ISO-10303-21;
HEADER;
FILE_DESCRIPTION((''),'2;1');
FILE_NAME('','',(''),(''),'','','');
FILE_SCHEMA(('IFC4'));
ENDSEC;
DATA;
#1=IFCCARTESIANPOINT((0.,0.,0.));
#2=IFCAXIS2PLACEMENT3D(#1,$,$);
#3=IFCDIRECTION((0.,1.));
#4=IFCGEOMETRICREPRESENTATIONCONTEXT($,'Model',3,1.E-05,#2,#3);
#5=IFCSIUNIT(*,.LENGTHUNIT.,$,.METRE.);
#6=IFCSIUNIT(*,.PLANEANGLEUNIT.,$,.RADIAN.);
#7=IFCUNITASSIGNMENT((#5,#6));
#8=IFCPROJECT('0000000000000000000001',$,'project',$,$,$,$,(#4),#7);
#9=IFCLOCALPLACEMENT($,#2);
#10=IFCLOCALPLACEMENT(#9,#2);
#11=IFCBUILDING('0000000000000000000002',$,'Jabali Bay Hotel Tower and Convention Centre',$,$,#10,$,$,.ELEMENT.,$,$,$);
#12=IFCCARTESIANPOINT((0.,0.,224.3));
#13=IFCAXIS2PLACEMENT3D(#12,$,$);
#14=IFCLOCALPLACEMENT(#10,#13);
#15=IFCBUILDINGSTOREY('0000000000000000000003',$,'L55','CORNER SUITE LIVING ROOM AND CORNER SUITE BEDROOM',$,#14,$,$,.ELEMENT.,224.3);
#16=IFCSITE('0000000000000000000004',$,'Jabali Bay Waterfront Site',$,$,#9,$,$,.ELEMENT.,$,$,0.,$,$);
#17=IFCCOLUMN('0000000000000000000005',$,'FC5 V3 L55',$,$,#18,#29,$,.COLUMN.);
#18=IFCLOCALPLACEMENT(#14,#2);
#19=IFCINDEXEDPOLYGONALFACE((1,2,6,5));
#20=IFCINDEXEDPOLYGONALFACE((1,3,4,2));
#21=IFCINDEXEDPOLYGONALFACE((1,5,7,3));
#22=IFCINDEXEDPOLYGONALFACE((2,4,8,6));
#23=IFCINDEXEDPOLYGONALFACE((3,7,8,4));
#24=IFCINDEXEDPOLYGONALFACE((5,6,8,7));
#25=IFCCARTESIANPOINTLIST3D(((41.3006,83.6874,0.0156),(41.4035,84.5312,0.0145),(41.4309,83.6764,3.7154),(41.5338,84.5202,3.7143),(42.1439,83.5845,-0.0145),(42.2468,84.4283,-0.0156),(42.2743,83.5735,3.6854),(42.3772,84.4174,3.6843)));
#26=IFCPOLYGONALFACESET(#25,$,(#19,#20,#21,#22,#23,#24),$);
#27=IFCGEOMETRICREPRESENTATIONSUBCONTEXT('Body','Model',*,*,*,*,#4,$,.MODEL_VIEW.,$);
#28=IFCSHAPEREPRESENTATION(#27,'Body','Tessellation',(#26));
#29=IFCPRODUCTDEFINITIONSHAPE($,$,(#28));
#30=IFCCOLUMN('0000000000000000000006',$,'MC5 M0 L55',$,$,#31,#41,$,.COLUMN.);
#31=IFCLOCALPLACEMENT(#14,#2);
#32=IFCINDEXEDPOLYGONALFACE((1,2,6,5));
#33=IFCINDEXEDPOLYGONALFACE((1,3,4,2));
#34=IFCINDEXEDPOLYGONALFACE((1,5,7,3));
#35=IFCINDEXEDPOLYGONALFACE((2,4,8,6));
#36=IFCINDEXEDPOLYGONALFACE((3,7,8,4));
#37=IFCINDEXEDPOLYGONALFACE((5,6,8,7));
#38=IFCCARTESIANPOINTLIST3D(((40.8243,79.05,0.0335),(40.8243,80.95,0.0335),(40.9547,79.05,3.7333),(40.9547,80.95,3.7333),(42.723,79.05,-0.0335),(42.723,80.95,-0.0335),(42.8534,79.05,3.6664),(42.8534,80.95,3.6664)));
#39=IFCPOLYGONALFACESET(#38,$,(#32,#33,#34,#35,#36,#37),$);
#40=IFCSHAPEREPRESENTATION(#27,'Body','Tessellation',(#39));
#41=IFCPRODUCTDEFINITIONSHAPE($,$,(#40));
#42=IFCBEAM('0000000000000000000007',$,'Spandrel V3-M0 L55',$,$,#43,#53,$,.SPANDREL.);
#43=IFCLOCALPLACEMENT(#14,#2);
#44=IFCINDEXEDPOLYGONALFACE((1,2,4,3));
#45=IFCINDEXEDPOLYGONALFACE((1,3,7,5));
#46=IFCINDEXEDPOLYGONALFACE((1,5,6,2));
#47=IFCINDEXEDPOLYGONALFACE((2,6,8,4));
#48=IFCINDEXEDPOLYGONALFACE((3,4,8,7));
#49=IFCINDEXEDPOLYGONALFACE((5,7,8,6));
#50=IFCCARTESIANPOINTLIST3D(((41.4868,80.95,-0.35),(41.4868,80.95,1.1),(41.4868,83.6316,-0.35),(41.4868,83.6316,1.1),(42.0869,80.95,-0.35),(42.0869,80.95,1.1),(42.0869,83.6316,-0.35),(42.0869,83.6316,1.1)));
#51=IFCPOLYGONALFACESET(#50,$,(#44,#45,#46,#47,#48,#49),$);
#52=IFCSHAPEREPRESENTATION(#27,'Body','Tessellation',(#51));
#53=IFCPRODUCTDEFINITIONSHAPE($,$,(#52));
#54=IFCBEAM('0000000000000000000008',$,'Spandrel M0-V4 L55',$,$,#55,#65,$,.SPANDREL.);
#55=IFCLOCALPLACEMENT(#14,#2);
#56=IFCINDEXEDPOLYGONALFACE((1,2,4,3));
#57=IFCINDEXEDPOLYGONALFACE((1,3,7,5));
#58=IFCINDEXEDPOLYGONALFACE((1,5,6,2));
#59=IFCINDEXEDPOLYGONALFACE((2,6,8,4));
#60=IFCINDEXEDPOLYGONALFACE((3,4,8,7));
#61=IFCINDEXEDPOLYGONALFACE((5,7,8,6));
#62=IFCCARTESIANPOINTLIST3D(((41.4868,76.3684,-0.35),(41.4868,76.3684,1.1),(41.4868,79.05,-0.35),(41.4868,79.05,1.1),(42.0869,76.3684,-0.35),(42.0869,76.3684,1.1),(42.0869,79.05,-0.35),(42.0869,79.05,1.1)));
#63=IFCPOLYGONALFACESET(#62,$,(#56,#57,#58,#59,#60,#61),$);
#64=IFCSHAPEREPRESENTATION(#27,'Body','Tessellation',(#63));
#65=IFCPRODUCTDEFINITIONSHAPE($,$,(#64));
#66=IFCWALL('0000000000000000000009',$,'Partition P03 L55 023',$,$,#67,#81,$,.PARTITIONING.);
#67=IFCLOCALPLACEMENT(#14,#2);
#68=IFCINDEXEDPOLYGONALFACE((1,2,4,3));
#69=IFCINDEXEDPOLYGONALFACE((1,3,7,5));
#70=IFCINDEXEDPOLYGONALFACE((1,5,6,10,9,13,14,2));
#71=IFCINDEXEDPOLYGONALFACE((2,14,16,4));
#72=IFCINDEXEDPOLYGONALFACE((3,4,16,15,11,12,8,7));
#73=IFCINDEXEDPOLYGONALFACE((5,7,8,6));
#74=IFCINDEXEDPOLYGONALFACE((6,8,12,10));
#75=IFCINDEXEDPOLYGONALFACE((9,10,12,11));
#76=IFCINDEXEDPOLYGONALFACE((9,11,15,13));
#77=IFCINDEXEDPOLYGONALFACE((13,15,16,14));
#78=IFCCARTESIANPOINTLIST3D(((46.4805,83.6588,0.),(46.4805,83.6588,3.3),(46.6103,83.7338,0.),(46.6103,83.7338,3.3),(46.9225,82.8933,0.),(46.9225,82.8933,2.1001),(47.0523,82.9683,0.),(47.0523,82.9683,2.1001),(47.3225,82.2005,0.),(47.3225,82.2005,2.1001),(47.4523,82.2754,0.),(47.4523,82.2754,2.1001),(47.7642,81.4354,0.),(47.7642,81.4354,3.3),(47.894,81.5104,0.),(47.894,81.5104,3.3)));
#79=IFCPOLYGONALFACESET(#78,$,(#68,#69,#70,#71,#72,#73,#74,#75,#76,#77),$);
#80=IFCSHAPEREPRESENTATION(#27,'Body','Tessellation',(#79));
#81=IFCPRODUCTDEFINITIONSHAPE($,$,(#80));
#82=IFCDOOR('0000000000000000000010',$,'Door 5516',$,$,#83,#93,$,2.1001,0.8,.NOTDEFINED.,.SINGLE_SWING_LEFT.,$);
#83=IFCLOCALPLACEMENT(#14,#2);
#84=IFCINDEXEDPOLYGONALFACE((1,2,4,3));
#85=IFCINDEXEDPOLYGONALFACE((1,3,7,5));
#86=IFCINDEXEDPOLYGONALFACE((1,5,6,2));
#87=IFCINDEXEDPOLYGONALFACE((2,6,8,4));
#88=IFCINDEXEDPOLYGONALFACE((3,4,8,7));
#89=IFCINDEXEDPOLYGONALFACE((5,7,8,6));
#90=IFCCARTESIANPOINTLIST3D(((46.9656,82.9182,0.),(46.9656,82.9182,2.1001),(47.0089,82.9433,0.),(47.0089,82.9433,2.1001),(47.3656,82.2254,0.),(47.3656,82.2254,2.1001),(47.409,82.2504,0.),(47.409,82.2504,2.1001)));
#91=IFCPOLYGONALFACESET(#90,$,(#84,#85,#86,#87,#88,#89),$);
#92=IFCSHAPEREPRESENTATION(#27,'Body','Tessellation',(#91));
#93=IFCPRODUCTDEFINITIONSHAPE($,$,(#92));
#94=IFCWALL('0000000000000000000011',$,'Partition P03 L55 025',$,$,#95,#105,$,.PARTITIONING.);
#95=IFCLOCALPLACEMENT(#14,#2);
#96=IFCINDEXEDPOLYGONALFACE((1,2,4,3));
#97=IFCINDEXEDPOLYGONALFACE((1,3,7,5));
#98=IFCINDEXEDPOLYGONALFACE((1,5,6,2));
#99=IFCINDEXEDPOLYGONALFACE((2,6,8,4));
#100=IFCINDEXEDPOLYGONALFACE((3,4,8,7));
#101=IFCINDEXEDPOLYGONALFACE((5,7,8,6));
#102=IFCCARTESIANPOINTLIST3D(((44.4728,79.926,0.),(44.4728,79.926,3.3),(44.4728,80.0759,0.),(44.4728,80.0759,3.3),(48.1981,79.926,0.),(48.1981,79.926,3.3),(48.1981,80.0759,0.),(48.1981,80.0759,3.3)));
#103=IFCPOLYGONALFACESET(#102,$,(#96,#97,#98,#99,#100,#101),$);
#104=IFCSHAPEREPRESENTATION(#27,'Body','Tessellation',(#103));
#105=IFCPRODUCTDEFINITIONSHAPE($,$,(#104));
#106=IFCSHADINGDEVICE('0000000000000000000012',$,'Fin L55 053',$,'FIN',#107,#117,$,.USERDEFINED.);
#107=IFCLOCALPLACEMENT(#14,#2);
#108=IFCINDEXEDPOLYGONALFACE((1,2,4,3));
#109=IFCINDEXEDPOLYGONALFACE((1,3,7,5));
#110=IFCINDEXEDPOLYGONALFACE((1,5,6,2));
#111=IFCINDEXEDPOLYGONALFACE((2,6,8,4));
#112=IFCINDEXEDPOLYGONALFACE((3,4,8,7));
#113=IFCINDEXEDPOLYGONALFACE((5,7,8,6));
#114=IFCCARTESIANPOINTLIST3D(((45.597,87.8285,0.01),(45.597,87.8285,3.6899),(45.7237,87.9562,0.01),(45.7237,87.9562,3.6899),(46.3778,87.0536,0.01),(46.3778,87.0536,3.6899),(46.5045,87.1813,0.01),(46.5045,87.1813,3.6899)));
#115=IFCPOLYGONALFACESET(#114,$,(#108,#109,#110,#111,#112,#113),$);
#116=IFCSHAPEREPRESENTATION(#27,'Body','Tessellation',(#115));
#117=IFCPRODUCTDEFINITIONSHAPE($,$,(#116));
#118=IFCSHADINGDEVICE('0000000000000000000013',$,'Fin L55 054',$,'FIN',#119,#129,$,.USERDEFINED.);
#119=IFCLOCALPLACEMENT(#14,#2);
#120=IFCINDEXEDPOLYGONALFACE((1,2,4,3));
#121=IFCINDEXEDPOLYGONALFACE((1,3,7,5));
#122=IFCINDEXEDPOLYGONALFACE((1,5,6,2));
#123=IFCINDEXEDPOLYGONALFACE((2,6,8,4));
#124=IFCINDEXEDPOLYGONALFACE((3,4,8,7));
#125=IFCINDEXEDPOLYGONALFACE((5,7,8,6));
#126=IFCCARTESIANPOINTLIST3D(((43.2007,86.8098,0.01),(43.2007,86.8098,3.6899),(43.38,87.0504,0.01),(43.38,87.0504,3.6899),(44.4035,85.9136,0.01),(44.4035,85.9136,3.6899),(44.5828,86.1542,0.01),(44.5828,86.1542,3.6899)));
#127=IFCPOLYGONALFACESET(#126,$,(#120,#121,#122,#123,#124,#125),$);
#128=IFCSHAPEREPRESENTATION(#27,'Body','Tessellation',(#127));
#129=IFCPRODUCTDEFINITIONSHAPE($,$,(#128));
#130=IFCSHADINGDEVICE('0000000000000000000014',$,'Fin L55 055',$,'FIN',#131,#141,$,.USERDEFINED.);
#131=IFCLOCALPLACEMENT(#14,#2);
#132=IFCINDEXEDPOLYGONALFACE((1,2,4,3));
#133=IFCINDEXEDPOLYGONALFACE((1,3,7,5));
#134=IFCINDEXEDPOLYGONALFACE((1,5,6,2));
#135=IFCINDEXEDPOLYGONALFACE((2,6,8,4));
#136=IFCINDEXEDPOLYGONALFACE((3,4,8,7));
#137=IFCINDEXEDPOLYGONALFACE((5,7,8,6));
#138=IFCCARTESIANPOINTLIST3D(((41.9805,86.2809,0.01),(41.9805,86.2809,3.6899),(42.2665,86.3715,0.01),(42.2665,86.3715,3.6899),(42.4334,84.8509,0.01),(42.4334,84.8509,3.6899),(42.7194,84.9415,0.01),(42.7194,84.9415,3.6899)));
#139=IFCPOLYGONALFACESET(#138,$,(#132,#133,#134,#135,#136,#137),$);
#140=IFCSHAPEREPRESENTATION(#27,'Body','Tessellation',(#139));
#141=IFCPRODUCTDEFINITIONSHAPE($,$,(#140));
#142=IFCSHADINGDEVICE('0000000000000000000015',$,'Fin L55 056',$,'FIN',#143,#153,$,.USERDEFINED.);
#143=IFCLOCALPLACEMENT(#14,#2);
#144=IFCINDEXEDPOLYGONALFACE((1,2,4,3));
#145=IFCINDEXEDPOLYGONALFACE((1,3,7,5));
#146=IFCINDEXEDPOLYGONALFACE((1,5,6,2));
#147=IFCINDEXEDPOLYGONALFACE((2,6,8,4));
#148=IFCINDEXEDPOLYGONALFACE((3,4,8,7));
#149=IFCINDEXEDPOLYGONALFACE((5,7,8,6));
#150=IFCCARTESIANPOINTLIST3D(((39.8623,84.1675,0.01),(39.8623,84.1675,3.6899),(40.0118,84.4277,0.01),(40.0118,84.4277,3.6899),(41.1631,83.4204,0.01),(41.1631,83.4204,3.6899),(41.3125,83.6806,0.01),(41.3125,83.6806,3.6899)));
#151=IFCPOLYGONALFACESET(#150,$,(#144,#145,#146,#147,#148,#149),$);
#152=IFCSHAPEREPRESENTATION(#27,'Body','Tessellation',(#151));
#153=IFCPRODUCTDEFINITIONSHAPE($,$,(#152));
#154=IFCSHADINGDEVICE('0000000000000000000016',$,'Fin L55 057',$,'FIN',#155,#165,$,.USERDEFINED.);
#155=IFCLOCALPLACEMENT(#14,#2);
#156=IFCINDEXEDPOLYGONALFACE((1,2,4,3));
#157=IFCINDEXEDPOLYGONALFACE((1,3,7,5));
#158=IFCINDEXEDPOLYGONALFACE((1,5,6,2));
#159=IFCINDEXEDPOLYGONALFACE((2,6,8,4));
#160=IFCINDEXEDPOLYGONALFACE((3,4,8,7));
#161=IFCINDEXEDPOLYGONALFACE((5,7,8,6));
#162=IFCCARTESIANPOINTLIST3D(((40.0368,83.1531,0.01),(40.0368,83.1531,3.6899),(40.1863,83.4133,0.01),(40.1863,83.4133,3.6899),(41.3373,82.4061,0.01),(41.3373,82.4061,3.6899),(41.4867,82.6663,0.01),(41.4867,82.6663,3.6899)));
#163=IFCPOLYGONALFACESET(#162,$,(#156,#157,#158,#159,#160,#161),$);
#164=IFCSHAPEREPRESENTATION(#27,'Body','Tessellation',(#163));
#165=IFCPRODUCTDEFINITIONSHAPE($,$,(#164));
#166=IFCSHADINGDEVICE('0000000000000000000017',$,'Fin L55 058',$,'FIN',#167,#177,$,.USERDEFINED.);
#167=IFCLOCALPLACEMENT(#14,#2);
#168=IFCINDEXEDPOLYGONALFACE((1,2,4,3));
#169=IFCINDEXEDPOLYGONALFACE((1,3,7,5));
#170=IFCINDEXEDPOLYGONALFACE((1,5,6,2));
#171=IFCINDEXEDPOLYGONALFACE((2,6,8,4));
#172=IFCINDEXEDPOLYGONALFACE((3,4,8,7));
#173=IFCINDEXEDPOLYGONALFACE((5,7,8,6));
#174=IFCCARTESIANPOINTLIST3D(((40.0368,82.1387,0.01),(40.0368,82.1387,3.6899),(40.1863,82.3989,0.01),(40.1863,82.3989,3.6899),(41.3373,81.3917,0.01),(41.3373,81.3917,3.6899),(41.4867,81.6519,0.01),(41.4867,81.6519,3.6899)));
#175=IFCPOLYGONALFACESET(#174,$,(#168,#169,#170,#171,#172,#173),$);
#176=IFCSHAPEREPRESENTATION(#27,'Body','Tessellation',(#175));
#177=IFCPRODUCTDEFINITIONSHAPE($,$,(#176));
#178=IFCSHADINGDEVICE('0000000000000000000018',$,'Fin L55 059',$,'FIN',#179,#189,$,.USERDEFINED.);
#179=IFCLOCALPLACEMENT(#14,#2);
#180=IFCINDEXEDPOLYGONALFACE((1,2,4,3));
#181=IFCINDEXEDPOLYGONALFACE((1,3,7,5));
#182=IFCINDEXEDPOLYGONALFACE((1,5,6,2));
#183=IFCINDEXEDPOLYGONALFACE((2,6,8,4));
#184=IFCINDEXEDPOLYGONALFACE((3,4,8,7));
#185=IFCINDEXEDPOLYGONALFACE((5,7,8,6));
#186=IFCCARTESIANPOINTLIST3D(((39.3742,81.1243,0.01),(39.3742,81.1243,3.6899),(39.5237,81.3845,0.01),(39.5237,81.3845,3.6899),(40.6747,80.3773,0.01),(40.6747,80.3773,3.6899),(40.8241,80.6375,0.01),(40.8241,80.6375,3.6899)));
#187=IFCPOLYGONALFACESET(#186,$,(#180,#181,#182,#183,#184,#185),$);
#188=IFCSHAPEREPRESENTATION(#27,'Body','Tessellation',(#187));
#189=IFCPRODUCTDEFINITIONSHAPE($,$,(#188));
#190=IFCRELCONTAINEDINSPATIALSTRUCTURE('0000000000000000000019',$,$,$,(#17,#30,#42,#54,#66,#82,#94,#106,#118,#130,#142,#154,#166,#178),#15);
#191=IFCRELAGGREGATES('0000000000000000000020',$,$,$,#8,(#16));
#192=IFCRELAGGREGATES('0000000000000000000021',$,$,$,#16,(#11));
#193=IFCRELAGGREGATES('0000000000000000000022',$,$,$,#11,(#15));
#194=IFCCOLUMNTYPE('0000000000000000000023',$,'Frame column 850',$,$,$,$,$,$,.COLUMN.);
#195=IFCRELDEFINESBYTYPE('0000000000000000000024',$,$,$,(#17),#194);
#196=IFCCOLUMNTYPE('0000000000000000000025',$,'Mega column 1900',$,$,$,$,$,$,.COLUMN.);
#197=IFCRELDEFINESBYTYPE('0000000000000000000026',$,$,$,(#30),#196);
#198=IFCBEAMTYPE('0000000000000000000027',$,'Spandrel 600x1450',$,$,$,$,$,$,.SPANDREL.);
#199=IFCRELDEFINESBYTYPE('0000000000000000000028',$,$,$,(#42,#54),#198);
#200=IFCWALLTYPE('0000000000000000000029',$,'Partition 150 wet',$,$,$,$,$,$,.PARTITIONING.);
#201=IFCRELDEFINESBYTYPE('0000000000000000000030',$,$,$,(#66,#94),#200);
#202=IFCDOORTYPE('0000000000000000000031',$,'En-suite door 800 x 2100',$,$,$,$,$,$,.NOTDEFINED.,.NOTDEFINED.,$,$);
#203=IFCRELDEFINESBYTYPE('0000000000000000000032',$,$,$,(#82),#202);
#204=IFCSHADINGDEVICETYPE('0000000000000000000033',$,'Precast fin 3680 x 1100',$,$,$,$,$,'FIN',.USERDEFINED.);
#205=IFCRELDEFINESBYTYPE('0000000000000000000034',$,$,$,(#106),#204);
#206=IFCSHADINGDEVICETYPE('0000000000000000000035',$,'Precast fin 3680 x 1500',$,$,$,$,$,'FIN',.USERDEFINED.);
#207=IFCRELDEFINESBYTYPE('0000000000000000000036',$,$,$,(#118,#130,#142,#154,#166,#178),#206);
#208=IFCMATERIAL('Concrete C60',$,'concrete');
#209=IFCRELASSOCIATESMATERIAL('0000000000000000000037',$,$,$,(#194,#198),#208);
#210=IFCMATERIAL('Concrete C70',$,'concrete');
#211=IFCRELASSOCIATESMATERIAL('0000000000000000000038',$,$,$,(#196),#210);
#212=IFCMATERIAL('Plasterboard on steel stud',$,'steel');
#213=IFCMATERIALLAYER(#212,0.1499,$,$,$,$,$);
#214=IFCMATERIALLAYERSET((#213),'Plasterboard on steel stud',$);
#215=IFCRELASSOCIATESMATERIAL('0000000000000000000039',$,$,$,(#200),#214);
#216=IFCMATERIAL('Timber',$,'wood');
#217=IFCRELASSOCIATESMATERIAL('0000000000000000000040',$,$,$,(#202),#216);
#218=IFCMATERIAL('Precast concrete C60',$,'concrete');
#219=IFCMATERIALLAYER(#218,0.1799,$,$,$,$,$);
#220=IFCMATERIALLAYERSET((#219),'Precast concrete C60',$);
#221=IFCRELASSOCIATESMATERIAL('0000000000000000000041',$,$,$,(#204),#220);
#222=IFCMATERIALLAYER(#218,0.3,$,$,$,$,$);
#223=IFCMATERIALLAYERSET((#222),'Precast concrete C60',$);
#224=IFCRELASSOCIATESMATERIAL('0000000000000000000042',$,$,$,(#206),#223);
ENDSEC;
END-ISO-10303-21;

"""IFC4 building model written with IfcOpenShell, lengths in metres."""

from ifc_helpers import new_model, si_unit, direction, frame, frame_2d, origin, origin_2d, place, context, subcontext, project, spatial, rectangle, extrude, material, layer, layer_set, material_profile, profile_set, type_object, element, fill, save


model = new_model("IFC4")

# Units and contexts
model_context = context("Model", 3, precision=1e-05, world=origin(), true_north=direction((0.0, 1.0)))
body_context = subcontext(model_context, "Body", "Model", "MODEL_VIEW")
ifc_project = project(units=[si_unit("LENGTHUNIT", "METRE"), si_unit("PLANEANGLEUNIT", "RADIAN")], contexts=[model_context])

# Site, building, storey
site_placement = place(None, origin())
site = spatial("IfcSite", under=ifc_project, at=site_placement, Name="Jabali Bay Waterfront Site", CompositionType="ELEMENT", RefElevation=0.0)
building_placement = place(site_placement, origin())
building = spatial("IfcBuilding", under=site, at=building_placement, Name="Jabali Bay Hotel Tower and Convention Centre", CompositionType="ELEMENT")
storey_placement = place(building_placement, frame((0.0, 0.0, 224.3)))
storey = spatial("IfcBuildingStorey", under=building, at=storey_placement, Name="L55", Description="CORNER SUITE LIVING ROOM AND CORNER SUITE BEDROOM", CompositionType="ELEMENT", Elevation=224.3)

# Columns
ifc_material_1 = material(Name="Concrete C60", Category="concrete")
ifc_material_profile_1 = material_profile(ifc_material_1, rectangle(XDim=0.8501, YDim=0.8501, at=origin_2d()), Name="Frame column 850")
ifc_profile_set_1 = profile_set([ifc_material_profile_1], Name="Concrete C60")
column_type_1 = type_object("IfcColumnType", Name="Frame column 850", PredefinedType="COLUMN", material=ifc_profile_set_1)
column_1_placement = place(storey_placement, frame((41.7737, 84.0579, 0.0), z_axis=(0.035214, -0.002967, 0.999375), x_axis=(-0.992023, 0.12101, 0.035314)))
element("IfcColumn", 1, at=column_1_placement, inside=storey, type_object=column_type_1, Name="FC5 V3 L55", PredefinedType="COLUMN", context=body_context, shape_type="SweptSolid", body=[
    extrude(rectangle(XDim=0.8501, YDim=0.8501, at=origin_2d()), origin(), (0.0, 0.0, 1.0), 3.7021),
])
ifc_material_2 = material(Name="Concrete C70", Category="concrete")
ifc_material_profile_2 = material_profile(ifc_material_2, rectangle(XDim=1.8999, YDim=1.8999, at=origin_2d()), Name="Mega column 1900")
ifc_profile_set_2 = profile_set([ifc_material_profile_2], Name="Concrete C70")
column_type_2 = type_object("IfcColumnType", Name="Mega column 1900", PredefinedType="COLUMN", material=ifc_profile_set_2)
column_2_placement = place(storey_placement, frame((41.7737, 80.0, 0.0), z_axis=(0.035214, 0.0, 0.99938), x_axis=(0.0, 1.0, 0.0)))
element("IfcColumn", 2, at=column_2_placement, inside=storey, type_object=column_type_2, Name="MC5 M0 L55", PredefinedType="COLUMN", context=body_context, shape_type="SweptSolid", body=[
    extrude(rectangle(XDim=1.8999, YDim=1.8999, at=origin_2d()), origin(), (0.0, 0.0, 1.0), 3.7021),
])

# Beams
ifc_material_profile_3 = material_profile(ifc_material_1, rectangle(XDim=0.6001, YDim=1.45, at=origin_2d()), Name="Spandrel 600x1450")
ifc_profile_set_3 = profile_set([ifc_material_profile_3], Name="Concrete C60")
beam_type = type_object("IfcBeamType", Name="Spandrel 600x1450", PredefinedType="SPANDREL", material=ifc_profile_set_3)
for number, where, z_axis, x_axis, name in (
    (3, (41.7869, 83.6316, 0.375), (0.0, -1.0, 0.0), (1.0, 0.0, 0.0), "Spandrel V3-M0 L55"),
    (4, (41.7869, 79.05, 0.375), (0.0, -1.0, 0.0), (1.0, 0.0, 0.0), "Spandrel M0-V4 L55"),
):
    element("IfcBeam", number, at=place(storey_placement, frame(where, z_axis=z_axis, x_axis=x_axis)), inside=storey, type_object=beam_type, Name=name, PredefinedType="SPANDREL", context=body_context, shape_type="SweptSolid", body=[
        extrude(rectangle(XDim=0.6001, YDim=1.45, at=origin_2d()), origin(), (0.0, 0.0, 1.0), 2.6816),
    ])

# Wall, opening, door
ifc_material_3 = material(Name="Plasterboard on steel stud", Category="steel")
ifc_layer_1 = layer(ifc_material_3, 0.1499)
ifc_layer_set_1 = layer_set([ifc_layer_1], Name="Plasterboard on steel stud")
wall_type_1 = type_object("IfcWallType", Name="Partition 150 wet", PredefinedType="PARTITIONING", material=ifc_layer_set_1)
wall_1_placement = place(storey_placement, frame((46.5454, 83.6963, 0.0), z_axis=(0.0, 0.0, 1.0), x_axis=(0.500005, -0.866022, 0.0)))
wall_1 = element("IfcWall", 5, at=wall_1_placement, inside=storey, type_object=wall_type_1, Name="Partition P03 L55 023", PredefinedType="PARTITIONING", context=body_context, shape_type="SweptSolid", body=[
    extrude(rectangle(XDim=2.5674, YDim=0.1499, at=frame_2d((1.2837, 0.0))), origin(), (0.0, 0.0, 1.0), 3.3),
])
opening_1_placement = place(wall_1_placement, frame((0.884, 0.0, 0.0)))
opening_1 = element("IfcOpeningElement", 6, at=opening_1_placement, cuts=wall_1, PredefinedType="OPENING", context=body_context, shape_type="SweptSolid", body=[
    extrude(rectangle(XDim=0.8, YDim=2.1001, at=frame_2d((0.3999, 1.05))), frame((0.0, 0.0854, 0.0), z_axis=(0.0, -1.0, 0.0), x_axis=(1.0, 0.0, 0.0)), (0.0, 0.0, 1.0), 0.1709),
])
ifc_material_4 = material(Name="Timber", Category="wood")
door_type_1 = type_object("IfcDoorType", Name="En-suite door 800 x 2100", OperationType="NOTDEFINED", PredefinedType="NOTDEFINED", material=ifc_material_4)
door_1_placement = place(opening_1_placement, origin())
door_1 = element("IfcDoor", 7, at=door_1_placement, inside=storey, type_object=door_type_1, Name="Door 5516", OperationType="SINGLE_SWING_LEFT", OverallHeight=2.1001, OverallWidth=0.8, PredefinedType="NOTDEFINED", context=body_context, shape_type="SweptSolid", body=[
    extrude(rectangle(XDim=0.8, YDim=2.1001, at=frame_2d((0.3999, 1.05))), frame((0.0, 0.0249, 0.0), z_axis=(0.0, -1.0, 0.0), x_axis=(1.0, 0.0, 0.0)), (0.0, 0.0, 1.0), 0.05),
])
fill(opening_1, door_1)

# Wall
wall_2_placement = place(storey_placement, frame((44.4727, 80.001, 0.0), z_axis=(0.0, 0.0, 1.0), x_axis=(1.0, 0.0, 0.0)))
element("IfcWall", 8, at=wall_2_placement, inside=storey, type_object=wall_type_1, Name="Partition P03 L55 025", PredefinedType="PARTITIONING", context=body_context, shape_type="SweptSolid", body=[
    extrude(rectangle(XDim=3.7253, YDim=0.1499, at=frame_2d((1.8628, 0.0))), origin(), (0.0, 0.0, 1.0), 3.3),
])

# Shading devices
ifc_material_5 = material(Name="Precast concrete C60", Category="concrete")
ifc_layer_2 = layer(ifc_material_5, 0.1799)
ifc_layer_set_2 = layer_set([ifc_layer_2], Name="Precast concrete C60")
shading_device_type_1 = type_object("IfcShadingDeviceType", Name="Precast fin 3680 x 1100", ElementType="FIN", PredefinedType="USERDEFINED", material=ifc_layer_set_2)
shading_device_1_placement = place(storey_placement, frame((46.4412, 87.1174, 0.01), z_axis=(0.0, 0.0, 1.0), x_axis=(-0.709765, 0.704438, 0.0)))
element("IfcShadingDevice", 9, at=shading_device_1_placement, inside=storey, type_object=shading_device_type_1, Name="Fin L55 053", ObjectType="FIN", PredefinedType="USERDEFINED", context=body_context, shape_type="SweptSolid", body=[
    extrude(rectangle(XDim=1.1001, YDim=0.1799, at=frame_2d((0.55, 0.0))), origin(), (0.0, 0.0, 1.0), 3.6799),
])
ifc_layer_3 = layer(ifc_material_5, 0.3)
ifc_layer_set_3 = layer_set([ifc_layer_3], Name="Precast concrete C60")
shading_device_type_2 = type_object("IfcShadingDeviceType", Name="Precast fin 3680 x 1500", ElementType="FIN", PredefinedType="USERDEFINED", material=ifc_layer_set_3)
for number, where, z_axis, x_axis, name in (
    (10, (44.4932, 86.0339, 0.01), (0.0, 0.0, 1.0), (-0.80189, 0.597471, 0.0), "Fin L55 054"),
    (11, (42.5764, 84.8962, 0.01), (0.0, 0.0, 1.0), (-0.301934, 0.953329, 0.0), "Fin L55 055"),
    (12, (41.2378, 83.5505, 0.01), (0.0, 0.0, 1.0), (-0.867159, 0.498031, 0.0), "Fin L55 056"),
):
    element("IfcShadingDevice", number, at=place(storey_placement, frame(where, z_axis=z_axis, x_axis=x_axis)), inside=storey, type_object=shading_device_type_2, Name=name, ObjectType="FIN", PredefinedType="USERDEFINED", context=body_context, shape_type="SweptSolid", body=[
        extrude(rectangle(XDim=1.5, YDim=0.3, at=frame_2d((0.75, 0.0))), origin(), (0.0, 0.0, 1.0), 3.6799),
    ])
for number, where, z_axis, x_axis, name in (
    (13, (41.4121, 82.5361, 0.01), (0.0, 0.0, 1.0), (-0.867119, 0.498101, 0.0), "Fin L55 057"),
    (14, (41.4121, 81.5217, 0.01), (0.0, 0.0, 1.0), (-0.867119, 0.498101, 0.0), "Fin L55 058"),
    (15, (40.7495, 80.5073, 0.01), (0.0, 0.0, 1.0), (-0.867119, 0.498101, 0.0), "Fin L55 059"),
):
    element("IfcShadingDevice", number, at=place(storey_placement, frame(where, z_axis=z_axis, x_axis=x_axis)), inside=storey, type_object=shading_device_type_2, Name=name, ObjectType="FIN", PredefinedType="USERDEFINED", context=body_context, shape_type="SweptSolid", body=[
        extrude(rectangle(XDim=1.4998, YDim=0.3, at=frame_2d((0.75, 0.0))), origin(), (0.0, 0.0, 1.0), 3.6799),
    ])

save(model, "model.ifc")
